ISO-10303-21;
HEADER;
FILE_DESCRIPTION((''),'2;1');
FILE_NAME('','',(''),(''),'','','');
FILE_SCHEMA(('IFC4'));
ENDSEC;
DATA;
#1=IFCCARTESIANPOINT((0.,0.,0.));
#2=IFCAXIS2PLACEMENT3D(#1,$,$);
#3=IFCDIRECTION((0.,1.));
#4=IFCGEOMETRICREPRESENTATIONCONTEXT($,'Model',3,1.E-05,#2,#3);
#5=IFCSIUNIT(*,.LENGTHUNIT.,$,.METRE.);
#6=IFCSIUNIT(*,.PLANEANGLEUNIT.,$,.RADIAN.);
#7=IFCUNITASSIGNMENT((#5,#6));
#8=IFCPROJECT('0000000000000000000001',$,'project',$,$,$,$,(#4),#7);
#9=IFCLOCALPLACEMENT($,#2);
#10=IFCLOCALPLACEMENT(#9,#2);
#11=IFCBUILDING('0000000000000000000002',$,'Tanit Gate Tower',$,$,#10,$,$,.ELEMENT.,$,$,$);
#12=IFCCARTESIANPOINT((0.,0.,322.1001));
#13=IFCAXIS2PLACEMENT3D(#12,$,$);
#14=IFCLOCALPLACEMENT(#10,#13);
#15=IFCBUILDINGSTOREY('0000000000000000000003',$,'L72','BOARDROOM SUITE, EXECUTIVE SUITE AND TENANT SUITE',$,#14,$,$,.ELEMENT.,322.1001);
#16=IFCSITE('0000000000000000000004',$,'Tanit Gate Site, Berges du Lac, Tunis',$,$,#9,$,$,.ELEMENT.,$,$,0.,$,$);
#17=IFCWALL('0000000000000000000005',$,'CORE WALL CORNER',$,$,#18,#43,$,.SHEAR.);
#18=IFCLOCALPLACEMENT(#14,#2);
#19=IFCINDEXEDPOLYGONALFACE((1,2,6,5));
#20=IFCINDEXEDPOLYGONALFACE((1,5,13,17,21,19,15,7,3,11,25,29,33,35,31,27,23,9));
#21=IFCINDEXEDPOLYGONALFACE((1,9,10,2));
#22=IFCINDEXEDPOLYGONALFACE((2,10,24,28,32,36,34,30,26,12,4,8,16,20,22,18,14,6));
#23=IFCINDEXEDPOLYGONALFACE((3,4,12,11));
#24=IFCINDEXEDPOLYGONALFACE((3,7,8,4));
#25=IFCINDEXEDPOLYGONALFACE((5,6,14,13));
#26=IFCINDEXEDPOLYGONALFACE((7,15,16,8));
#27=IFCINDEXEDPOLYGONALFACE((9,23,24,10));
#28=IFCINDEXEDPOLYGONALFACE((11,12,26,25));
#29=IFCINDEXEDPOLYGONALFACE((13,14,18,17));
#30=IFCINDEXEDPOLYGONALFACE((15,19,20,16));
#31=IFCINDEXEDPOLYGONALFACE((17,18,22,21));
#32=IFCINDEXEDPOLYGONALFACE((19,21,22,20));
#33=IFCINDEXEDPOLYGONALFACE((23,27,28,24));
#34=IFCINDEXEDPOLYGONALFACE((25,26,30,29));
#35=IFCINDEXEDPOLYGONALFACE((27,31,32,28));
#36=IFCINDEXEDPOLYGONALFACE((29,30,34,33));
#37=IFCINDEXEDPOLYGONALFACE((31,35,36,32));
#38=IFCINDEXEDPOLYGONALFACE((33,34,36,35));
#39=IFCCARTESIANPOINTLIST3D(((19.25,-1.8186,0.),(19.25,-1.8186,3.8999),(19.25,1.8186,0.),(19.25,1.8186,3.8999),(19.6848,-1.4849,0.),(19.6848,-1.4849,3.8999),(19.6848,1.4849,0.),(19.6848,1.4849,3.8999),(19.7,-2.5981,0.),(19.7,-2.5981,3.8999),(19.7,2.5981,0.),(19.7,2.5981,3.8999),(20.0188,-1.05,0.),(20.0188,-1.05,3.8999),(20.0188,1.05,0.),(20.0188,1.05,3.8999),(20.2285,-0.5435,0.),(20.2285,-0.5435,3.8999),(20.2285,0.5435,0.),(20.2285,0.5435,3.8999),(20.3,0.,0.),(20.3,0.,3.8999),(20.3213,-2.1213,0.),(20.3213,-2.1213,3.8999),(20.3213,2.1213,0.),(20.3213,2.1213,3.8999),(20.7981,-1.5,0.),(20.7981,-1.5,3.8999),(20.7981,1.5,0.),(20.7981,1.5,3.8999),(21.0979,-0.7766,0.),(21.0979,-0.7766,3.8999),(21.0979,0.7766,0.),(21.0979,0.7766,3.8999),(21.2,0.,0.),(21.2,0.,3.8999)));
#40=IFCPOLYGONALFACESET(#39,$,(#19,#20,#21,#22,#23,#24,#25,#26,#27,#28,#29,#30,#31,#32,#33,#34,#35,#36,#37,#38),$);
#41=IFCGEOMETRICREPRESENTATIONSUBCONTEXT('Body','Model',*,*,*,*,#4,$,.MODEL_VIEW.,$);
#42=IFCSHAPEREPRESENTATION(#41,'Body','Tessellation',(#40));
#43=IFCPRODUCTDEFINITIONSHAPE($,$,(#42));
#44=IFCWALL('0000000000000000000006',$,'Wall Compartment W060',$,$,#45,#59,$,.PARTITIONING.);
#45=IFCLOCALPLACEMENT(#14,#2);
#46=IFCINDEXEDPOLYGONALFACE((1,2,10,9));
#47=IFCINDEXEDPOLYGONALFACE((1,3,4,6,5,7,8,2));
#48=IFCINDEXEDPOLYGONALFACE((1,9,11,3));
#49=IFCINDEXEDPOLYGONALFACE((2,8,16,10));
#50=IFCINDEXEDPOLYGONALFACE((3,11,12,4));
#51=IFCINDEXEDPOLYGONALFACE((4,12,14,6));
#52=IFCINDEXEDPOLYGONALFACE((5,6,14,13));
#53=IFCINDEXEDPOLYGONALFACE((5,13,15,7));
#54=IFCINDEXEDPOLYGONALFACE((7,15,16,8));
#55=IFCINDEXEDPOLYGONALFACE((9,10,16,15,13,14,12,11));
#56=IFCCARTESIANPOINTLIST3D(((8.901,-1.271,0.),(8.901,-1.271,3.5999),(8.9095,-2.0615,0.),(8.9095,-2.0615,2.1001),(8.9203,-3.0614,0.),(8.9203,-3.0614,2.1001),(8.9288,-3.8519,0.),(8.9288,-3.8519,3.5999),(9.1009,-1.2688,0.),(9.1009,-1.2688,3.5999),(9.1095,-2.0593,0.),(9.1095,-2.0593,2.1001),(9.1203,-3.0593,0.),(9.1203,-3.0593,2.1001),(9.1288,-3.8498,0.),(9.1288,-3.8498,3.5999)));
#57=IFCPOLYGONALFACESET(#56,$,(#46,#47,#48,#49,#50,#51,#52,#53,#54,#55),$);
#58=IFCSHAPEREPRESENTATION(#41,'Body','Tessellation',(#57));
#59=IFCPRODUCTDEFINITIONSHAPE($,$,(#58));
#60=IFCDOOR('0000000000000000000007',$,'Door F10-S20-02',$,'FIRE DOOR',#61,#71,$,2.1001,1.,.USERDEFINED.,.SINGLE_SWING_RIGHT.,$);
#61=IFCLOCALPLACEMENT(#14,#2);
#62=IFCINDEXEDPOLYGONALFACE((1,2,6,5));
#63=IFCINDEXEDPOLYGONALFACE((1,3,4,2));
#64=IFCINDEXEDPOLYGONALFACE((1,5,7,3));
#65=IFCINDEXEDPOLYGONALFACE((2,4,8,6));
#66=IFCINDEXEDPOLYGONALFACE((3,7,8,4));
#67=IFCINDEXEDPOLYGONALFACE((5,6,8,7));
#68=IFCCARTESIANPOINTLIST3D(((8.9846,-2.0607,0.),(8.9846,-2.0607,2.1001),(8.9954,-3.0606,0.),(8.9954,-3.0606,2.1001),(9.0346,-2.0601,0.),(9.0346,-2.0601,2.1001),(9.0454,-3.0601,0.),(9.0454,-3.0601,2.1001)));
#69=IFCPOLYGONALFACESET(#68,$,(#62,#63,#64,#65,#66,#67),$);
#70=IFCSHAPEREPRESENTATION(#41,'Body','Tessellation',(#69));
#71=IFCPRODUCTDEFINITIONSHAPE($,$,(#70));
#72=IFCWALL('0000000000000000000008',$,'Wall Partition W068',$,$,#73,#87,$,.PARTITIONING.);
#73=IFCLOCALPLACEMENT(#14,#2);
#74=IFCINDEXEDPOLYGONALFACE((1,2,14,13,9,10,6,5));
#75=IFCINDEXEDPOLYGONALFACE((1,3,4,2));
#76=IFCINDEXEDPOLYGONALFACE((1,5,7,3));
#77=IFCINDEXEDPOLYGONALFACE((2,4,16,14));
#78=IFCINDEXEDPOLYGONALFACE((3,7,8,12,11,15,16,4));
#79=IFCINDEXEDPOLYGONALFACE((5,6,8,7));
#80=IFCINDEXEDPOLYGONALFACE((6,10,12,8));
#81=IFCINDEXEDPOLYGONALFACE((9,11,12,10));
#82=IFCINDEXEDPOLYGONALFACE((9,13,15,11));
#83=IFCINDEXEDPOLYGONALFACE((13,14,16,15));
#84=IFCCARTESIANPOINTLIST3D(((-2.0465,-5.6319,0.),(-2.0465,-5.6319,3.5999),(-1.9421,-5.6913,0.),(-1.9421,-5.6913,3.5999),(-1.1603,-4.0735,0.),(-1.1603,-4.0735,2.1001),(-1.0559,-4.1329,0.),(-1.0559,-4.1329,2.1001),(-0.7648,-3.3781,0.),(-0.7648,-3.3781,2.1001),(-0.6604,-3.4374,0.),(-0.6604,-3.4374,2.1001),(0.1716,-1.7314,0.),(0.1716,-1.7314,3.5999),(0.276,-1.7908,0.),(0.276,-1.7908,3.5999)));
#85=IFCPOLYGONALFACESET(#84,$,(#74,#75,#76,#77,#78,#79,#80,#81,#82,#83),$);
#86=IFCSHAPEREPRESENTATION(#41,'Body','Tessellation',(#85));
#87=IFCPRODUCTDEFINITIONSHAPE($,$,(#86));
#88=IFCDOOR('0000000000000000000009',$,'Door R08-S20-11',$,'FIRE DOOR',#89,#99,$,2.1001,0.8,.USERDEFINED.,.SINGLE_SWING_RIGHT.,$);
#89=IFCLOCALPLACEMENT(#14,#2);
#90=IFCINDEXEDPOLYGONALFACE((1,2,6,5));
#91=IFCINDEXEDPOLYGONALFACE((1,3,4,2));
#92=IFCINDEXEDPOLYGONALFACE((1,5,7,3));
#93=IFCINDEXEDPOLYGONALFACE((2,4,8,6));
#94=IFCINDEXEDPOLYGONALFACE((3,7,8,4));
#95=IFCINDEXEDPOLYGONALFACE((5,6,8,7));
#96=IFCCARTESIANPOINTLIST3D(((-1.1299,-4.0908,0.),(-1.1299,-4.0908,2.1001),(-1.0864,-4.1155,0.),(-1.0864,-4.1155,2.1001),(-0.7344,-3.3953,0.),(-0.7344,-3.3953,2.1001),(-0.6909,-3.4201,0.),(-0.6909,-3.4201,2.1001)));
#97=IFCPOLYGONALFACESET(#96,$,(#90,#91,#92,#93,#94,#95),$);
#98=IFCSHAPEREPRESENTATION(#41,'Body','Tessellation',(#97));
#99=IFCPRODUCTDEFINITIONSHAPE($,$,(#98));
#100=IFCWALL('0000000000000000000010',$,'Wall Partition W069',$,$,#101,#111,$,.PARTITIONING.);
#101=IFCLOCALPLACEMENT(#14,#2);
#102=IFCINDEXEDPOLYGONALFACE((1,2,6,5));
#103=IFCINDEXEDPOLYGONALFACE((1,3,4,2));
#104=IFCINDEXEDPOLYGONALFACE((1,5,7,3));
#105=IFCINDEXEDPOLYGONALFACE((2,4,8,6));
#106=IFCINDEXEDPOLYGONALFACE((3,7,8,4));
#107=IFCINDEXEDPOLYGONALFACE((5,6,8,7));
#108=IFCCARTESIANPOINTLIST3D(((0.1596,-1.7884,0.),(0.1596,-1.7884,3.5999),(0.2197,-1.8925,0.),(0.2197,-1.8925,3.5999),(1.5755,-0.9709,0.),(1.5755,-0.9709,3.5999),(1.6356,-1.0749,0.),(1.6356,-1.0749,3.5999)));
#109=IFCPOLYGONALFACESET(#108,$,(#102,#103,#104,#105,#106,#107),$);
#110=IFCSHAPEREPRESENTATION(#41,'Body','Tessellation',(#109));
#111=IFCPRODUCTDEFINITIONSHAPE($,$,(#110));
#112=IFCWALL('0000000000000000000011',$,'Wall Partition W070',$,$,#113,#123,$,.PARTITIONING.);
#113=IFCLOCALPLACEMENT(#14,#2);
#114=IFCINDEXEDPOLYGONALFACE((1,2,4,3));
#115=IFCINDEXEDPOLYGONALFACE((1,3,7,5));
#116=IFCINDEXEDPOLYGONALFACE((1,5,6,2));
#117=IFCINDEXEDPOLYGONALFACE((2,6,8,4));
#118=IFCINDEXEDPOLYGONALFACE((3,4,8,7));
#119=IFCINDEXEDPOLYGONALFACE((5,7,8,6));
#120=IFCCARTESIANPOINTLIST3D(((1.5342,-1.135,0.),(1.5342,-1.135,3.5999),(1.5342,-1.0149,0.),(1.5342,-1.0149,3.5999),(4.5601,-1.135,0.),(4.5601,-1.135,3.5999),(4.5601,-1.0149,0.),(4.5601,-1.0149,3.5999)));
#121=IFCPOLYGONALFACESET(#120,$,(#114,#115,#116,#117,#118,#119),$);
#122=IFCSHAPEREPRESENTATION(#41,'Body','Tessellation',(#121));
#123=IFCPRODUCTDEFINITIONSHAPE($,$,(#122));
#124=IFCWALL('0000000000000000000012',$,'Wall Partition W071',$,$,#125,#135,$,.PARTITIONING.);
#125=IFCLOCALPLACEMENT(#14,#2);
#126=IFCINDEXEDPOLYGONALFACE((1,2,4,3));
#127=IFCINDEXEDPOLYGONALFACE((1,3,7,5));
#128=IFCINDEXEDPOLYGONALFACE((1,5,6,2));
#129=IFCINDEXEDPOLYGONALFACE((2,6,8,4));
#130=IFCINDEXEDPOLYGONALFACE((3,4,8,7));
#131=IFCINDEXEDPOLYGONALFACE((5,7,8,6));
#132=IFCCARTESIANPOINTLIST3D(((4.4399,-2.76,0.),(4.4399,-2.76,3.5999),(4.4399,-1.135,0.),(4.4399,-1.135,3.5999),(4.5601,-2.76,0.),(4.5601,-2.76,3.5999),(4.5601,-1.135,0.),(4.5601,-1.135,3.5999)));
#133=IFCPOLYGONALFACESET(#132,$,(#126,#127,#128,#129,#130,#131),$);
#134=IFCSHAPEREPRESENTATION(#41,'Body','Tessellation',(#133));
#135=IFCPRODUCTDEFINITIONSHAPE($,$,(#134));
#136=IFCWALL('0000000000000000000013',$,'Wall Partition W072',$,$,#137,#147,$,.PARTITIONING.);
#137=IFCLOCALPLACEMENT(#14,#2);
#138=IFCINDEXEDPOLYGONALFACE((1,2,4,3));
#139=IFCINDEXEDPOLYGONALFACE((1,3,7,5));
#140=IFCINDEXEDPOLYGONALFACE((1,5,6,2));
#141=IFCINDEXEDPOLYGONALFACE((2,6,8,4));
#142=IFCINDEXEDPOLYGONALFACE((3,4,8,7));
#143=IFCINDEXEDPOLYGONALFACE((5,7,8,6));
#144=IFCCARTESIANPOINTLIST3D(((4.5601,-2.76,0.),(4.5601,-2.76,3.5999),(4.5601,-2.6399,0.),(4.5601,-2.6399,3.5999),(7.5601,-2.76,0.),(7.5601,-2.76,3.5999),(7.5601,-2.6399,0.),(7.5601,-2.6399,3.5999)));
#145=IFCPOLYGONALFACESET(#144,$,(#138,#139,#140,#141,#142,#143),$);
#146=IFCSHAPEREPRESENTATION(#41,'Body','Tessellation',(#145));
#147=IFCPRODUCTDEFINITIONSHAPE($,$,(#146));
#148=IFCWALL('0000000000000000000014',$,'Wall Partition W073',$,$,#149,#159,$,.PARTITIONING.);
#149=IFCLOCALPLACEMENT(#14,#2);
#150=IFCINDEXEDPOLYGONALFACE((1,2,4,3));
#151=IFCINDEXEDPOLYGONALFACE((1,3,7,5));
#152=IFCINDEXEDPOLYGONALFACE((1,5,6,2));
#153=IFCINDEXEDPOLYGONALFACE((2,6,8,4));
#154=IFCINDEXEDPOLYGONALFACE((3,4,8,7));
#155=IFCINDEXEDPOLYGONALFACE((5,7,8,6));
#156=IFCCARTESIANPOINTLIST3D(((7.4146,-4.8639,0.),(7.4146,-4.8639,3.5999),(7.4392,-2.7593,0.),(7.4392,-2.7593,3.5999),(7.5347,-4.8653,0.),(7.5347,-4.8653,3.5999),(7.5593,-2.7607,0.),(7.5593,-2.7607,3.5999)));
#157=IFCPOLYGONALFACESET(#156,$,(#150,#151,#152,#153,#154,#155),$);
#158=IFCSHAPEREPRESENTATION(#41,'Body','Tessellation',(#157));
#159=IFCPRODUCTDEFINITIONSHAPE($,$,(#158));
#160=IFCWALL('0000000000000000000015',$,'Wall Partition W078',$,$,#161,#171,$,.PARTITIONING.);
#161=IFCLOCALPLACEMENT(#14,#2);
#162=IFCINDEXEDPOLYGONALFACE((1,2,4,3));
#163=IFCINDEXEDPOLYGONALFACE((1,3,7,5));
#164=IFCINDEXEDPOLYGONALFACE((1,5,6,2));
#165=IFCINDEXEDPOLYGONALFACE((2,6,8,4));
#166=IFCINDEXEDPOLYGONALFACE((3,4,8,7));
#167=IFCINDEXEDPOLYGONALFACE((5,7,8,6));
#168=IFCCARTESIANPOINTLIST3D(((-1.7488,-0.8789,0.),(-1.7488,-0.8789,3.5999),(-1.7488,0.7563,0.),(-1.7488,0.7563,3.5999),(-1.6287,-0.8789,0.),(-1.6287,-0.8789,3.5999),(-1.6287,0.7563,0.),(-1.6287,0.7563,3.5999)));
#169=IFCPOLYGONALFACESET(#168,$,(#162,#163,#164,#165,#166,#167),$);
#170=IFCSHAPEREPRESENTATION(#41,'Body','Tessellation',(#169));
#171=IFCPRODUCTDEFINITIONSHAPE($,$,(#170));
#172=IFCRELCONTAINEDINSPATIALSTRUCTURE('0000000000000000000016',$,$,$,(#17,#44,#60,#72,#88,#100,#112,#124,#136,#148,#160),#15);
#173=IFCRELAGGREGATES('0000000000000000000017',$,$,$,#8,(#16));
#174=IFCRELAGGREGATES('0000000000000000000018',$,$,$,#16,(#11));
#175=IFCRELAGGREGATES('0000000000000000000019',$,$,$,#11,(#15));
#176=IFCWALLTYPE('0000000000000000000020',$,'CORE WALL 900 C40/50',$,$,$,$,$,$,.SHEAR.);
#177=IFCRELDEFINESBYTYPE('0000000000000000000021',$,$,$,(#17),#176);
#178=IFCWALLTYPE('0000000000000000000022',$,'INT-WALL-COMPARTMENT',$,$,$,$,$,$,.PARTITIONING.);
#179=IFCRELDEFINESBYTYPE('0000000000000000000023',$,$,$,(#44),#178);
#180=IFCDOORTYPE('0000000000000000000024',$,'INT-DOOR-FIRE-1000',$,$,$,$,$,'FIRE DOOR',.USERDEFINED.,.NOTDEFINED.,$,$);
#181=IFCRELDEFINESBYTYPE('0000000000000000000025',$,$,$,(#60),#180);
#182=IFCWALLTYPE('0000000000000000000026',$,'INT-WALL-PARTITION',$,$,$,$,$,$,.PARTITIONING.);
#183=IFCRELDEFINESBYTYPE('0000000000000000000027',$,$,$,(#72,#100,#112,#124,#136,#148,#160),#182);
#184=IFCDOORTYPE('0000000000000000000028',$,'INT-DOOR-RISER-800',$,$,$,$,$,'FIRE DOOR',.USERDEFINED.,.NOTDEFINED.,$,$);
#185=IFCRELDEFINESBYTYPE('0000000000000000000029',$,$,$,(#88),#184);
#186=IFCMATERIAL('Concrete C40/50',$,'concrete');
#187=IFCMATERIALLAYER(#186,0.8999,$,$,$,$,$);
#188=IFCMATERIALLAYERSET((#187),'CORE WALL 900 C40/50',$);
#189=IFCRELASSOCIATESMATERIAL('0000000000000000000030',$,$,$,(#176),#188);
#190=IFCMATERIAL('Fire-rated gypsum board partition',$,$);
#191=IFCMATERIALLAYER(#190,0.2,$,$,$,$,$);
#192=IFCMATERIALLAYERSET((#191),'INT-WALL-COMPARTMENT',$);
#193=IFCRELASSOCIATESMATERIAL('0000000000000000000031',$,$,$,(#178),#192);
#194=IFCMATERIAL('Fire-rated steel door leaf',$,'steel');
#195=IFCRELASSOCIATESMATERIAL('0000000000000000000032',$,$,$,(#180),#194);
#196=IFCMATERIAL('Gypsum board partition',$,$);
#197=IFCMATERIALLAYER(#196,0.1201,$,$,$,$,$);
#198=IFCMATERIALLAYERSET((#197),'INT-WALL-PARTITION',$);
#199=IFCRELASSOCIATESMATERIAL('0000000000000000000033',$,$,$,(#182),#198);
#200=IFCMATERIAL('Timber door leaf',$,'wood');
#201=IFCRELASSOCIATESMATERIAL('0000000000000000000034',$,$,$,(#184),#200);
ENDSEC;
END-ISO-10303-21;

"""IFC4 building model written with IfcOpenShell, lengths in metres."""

from ifc_helpers import new_model, si_unit, direction, frame, frame_2d, origin, place, context, subcontext, project, spatial, polyline, rectangle, outline, extrude, material, layer, layer_set, type_object, element, fill, save


model = new_model("IFC4")

# Units and contexts
model_context = context("Model", 3, precision=1e-05, world=origin(), true_north=direction((0.0, 1.0)))
body_context = subcontext(model_context, "Body", "Model", "MODEL_VIEW")
ifc_project = project(units=[si_unit("LENGTHUNIT", "METRE"), si_unit("PLANEANGLEUNIT", "RADIAN")], contexts=[model_context])

# Site, building, storey
site_placement = place(None, origin())
site = spatial("IfcSite", under=ifc_project, at=site_placement, Name="Tanit Gate Site, Berges du Lac, Tunis", CompositionType="ELEMENT", RefElevation=0.0)
building_placement = place(site_placement, origin())
building = spatial("IfcBuilding", under=site, at=building_placement, Name="Tanit Gate Tower", CompositionType="ELEMENT")
storey_placement = place(building_placement, frame((0.0, 0.0, 322.1001)))
storey = spatial("IfcBuildingStorey", under=building, at=storey_placement, Name="L72", Description="BOARDROOM SUITE, EXECUTIVE SUITE AND TENANT SUITE", CompositionType="ELEMENT", Elevation=322.1001)

# Wall
ifc_material_1 = material(Name="Concrete C40/50", Category="concrete")
ifc_layer_1 = layer(ifc_material_1, 0.8999)
ifc_layer_set_1 = layer_set([ifc_layer_1], Name="CORE WALL 900 C40/50")
wall_type_1 = type_object("IfcWallType", Name="CORE WALL 900 C40/50", PredefinedType="SHEAR", material=ifc_layer_set_1)
wall_1_placement = place(storey_placement, origin())
element("IfcWall", 1, at=wall_1_placement, inside=storey, type_object=wall_type_1, Name="CORE WALL CORNER", PredefinedType="SHEAR", context=body_context, shape_type="SweptSolid", body=[
    extrude(outline(polyline([(19.7, -2.5981), (20.3213, -2.1213), (20.7981, -1.5), (21.0979, -0.7766), (21.2, 0.0), (21.0979, 0.7766), (20.7981, 1.5), (20.3213, 2.1213), (19.7, 2.5981), (19.25, 1.8186), (19.6848, 1.4849), (20.0188, 1.05), (20.2285, 0.5435), (20.3, 0.0), (20.2285, -0.5435), (20.0188, -1.05), (19.6848, -1.4849), (19.25, -1.8186), (19.7, -2.5981)])), origin(), (0.0, 0.0, 1.0), 3.8999),
])

# Walls, openings, doors
ifc_material_2 = material(Name="Fire-rated gypsum board partition")
ifc_layer_2 = layer(ifc_material_2, 0.2)
ifc_layer_set_2 = layer_set([ifc_layer_2], Name="INT-WALL-COMPARTMENT")
wall_type_2 = type_object("IfcWallType", Name="INT-WALL-COMPARTMENT", PredefinedType="PARTITIONING", material=ifc_layer_set_2)
wall_2_placement = place(storey_placement, frame((9.0288, -3.8508, 0.0), z_axis=(0.0, 0.0, 1.0), x_axis=(-0.010784, 0.999942, 0.0)))
wall_2 = element("IfcWall", 2, at=wall_2_placement, inside=storey, type_object=wall_type_2, Name="Wall Compartment W060", PredefinedType="PARTITIONING", context=body_context, shape_type="SweptSolid", body=[
    extrude(rectangle(XDim=2.5811, YDim=0.2, at=frame_2d((1.2905, 0.0))), origin(), (0.0, 0.0, 1.0), 3.5999),
])
opening_1_placement = place(wall_2_placement, frame((0.7905, 0.0, 0.0)))
opening_1 = element("IfcOpeningElement", 3, at=opening_1_placement, cuts=wall_2, PredefinedType="OPENING", context=body_context, shape_type="SweptSolid", body=[
    extrude(rectangle(XDim=1.0, YDim=2.1001, at=frame_2d((0.5, 1.05))), frame((0.0, 0.1099, 0.0), z_axis=(0.0, -1.0, 0.0), x_axis=(1.0, 0.0, 0.0)), (0.0, 0.0, 1.0), 0.22),
])
ifc_material_3 = material(Name="Fire-rated steel door leaf", Category="steel")
door_type_1 = type_object("IfcDoorType", Name="INT-DOOR-FIRE-1000", ElementType="FIRE DOOR", OperationType="NOTDEFINED", PredefinedType="USERDEFINED", material=ifc_material_3)
door_1_placement = place(opening_1_placement, origin())
door_1 = element("IfcDoor", 4, at=door_1_placement, inside=storey, type_object=door_type_1, Name="Door F10-S20-02", ObjectType="FIRE DOOR", OperationType="SINGLE_SWING_RIGHT", OverallHeight=2.1001, OverallWidth=1.0, PredefinedType="USERDEFINED", context=body_context, shape_type="SweptSolid", body=[
    extrude(rectangle(XDim=1.0, YDim=2.1001, at=frame_2d((0.5, 1.05))), frame((0.0, 0.0249, 0.0), z_axis=(0.0, -1.0, 0.0), x_axis=(1.0, 0.0, 0.0)), (0.0, 0.0, 1.0), 0.05),
])
fill(opening_1, door_1)
ifc_material_4 = material(Name="Gypsum board partition")
ifc_layer_3 = layer(ifc_material_4, 0.1201)
ifc_layer_set_3 = layer_set([ifc_layer_3], Name="INT-WALL-PARTITION")
wall_type_3 = type_object("IfcWallType", Name="INT-WALL-PARTITION", PredefinedType="PARTITIONING", material=ifc_layer_set_3)
wall_3_placement = place(storey_placement, frame((0.2239, -1.761, 0.0), z_axis=(0.0, 0.0, 1.0), x_axis=(-0.494327, -0.869276, 0.0)))
wall_3 = element("IfcWall", 5, at=wall_3_placement, inside=storey, type_object=wall_type_3, Name="Wall Partition W068", PredefinedType="PARTITIONING", context=body_context, shape_type="SweptSolid", body=[
    extrude(rectangle(XDim=4.4871, YDim=0.1201, at=frame_2d((2.2437, 0.0))), origin(), (0.0, 0.0, 1.0), 3.5999),
])
opening_2_placement = place(wall_3_placement, frame((1.8945, 0.0, 0.0)))
opening_2 = element("IfcOpeningElement", 6, at=opening_2_placement, cuts=wall_3, PredefinedType="OPENING", context=body_context, shape_type="SweptSolid", body=[
    extrude(rectangle(XDim=0.8, YDim=2.1001, at=frame_2d((0.3999, 1.05))), frame((0.0, 0.0701, 0.0), z_axis=(0.0, -1.0, 0.0), x_axis=(1.0, 0.0, 0.0)), (0.0, 0.0, 1.0), 0.1401),
])
ifc_material_5 = material(Name="Timber door leaf", Category="wood")
door_type_2 = type_object("IfcDoorType", Name="INT-DOOR-RISER-800", ElementType="FIRE DOOR", OperationType="NOTDEFINED", PredefinedType="USERDEFINED", material=ifc_material_5)
door_2_placement = place(opening_2_placement, origin())
door_2 = element("IfcDoor", 7, at=door_2_placement, inside=storey, type_object=door_type_2, Name="Door R08-S20-11", ObjectType="FIRE DOOR", OperationType="SINGLE_SWING_RIGHT", OverallHeight=2.1001, OverallWidth=0.8, PredefinedType="USERDEFINED", context=body_context, shape_type="SweptSolid", body=[
    extrude(rectangle(XDim=0.8, YDim=2.1001, at=frame_2d((0.3999, 1.05))), frame((0.0, 0.0249, 0.0), z_axis=(0.0, -1.0, 0.0), x_axis=(1.0, 0.0, 0.0)), (0.0, 0.0, 1.0), 0.05),
])
fill(opening_2, door_2)

# Walls
wall_4_placement = place(storey_placement, frame((1.6055, -1.0229, 0.0), z_axis=(0.0, 0.0, 1.0), x_axis=(-0.866002, -0.500041, 0.0)))
element("IfcWall", 8, at=wall_4_placement, inside=storey, type_object=wall_type_3, Name="Wall Partition W069", PredefinedType="PARTITIONING", context=body_context, shape_type="SweptSolid", body=[
    extrude(rectangle(XDim=1.635, YDim=0.1201, at=frame_2d((0.8174, 0.0))), origin(), (0.0, 0.0, 1.0), 3.5999),
])
wall_5_placement = place(storey_placement, frame((4.5601, -1.075, 0.0), z_axis=(0.0, 0.0, 1.0), x_axis=(-1.0, 0.0, 0.0)))
element("IfcWall", 9, at=wall_5_placement, inside=storey, type_object=wall_type_3, Name="Wall Partition W070", PredefinedType="PARTITIONING", context=body_context, shape_type="SweptSolid", body=[
    extrude(rectangle(XDim=3.0259, YDim=0.1201, at=frame_2d((1.5129, 0.0))), origin(), (0.0, 0.0, 1.0), 3.5999),
])
wall_6_placement = place(storey_placement, frame((4.5, -2.76, 0.0), z_axis=(0.0, 0.0, 1.0), x_axis=(0.0, 1.0, 0.0)))
element("IfcWall", 10, at=wall_6_placement, inside=storey, type_object=wall_type_3, Name="Wall Partition W071", PredefinedType="PARTITIONING", context=body_context, shape_type="SweptSolid", body=[
    extrude(rectangle(XDim=1.625, YDim=0.1201, at=frame_2d((0.8125, 0.0))), origin(), (0.0, 0.0, 1.0), 3.5999),
])
wall_7_placement = place(storey_placement, frame((7.5601, -2.7, 0.0), z_axis=(0.0, 0.0, 1.0), x_axis=(-1.0, 0.0, 0.0)))
element("IfcWall", 11, at=wall_7_placement, inside=storey, type_object=wall_type_3, Name="Wall Partition W072", PredefinedType="PARTITIONING", context=body_context, shape_type="SweptSolid", body=[
    extrude(rectangle(XDim=3.0, YDim=0.1201, at=frame_2d((1.5, 0.0))), origin(), (0.0, 0.0, 1.0), 3.5999),
])
wall_8_placement = place(storey_placement, frame((7.4746, -4.8645, 0.0), z_axis=(0.0, 0.0, 1.0), x_axis=(0.011716, 0.999931, 0.0)))
element("IfcWall", 12, at=wall_8_placement, inside=storey, type_object=wall_type_3, Name="Wall Partition W073", PredefinedType="PARTITIONING", context=body_context, shape_type="SweptSolid", body=[
    extrude(rectangle(XDim=2.1047, YDim=0.1201, at=frame_2d((1.0522, 0.0))), origin(), (0.0, 0.0, 1.0), 3.5999),
])
wall_9_placement = place(storey_placement, frame((-1.6887, -0.8789, 0.0), z_axis=(0.0, 0.0, 1.0), x_axis=(0.0, 1.0, 0.0)))
element("IfcWall", 13, at=wall_9_placement, inside=storey, type_object=wall_type_3, Name="Wall Partition W078", PredefinedType="PARTITIONING", context=body_context, shape_type="SweptSolid", body=[
    extrude(rectangle(XDim=1.6353, YDim=0.1201, at=frame_2d((0.8176, 0.0))), origin(), (0.0, 0.0, 1.0), 3.5999),
])

save(model, "model.ifc")
